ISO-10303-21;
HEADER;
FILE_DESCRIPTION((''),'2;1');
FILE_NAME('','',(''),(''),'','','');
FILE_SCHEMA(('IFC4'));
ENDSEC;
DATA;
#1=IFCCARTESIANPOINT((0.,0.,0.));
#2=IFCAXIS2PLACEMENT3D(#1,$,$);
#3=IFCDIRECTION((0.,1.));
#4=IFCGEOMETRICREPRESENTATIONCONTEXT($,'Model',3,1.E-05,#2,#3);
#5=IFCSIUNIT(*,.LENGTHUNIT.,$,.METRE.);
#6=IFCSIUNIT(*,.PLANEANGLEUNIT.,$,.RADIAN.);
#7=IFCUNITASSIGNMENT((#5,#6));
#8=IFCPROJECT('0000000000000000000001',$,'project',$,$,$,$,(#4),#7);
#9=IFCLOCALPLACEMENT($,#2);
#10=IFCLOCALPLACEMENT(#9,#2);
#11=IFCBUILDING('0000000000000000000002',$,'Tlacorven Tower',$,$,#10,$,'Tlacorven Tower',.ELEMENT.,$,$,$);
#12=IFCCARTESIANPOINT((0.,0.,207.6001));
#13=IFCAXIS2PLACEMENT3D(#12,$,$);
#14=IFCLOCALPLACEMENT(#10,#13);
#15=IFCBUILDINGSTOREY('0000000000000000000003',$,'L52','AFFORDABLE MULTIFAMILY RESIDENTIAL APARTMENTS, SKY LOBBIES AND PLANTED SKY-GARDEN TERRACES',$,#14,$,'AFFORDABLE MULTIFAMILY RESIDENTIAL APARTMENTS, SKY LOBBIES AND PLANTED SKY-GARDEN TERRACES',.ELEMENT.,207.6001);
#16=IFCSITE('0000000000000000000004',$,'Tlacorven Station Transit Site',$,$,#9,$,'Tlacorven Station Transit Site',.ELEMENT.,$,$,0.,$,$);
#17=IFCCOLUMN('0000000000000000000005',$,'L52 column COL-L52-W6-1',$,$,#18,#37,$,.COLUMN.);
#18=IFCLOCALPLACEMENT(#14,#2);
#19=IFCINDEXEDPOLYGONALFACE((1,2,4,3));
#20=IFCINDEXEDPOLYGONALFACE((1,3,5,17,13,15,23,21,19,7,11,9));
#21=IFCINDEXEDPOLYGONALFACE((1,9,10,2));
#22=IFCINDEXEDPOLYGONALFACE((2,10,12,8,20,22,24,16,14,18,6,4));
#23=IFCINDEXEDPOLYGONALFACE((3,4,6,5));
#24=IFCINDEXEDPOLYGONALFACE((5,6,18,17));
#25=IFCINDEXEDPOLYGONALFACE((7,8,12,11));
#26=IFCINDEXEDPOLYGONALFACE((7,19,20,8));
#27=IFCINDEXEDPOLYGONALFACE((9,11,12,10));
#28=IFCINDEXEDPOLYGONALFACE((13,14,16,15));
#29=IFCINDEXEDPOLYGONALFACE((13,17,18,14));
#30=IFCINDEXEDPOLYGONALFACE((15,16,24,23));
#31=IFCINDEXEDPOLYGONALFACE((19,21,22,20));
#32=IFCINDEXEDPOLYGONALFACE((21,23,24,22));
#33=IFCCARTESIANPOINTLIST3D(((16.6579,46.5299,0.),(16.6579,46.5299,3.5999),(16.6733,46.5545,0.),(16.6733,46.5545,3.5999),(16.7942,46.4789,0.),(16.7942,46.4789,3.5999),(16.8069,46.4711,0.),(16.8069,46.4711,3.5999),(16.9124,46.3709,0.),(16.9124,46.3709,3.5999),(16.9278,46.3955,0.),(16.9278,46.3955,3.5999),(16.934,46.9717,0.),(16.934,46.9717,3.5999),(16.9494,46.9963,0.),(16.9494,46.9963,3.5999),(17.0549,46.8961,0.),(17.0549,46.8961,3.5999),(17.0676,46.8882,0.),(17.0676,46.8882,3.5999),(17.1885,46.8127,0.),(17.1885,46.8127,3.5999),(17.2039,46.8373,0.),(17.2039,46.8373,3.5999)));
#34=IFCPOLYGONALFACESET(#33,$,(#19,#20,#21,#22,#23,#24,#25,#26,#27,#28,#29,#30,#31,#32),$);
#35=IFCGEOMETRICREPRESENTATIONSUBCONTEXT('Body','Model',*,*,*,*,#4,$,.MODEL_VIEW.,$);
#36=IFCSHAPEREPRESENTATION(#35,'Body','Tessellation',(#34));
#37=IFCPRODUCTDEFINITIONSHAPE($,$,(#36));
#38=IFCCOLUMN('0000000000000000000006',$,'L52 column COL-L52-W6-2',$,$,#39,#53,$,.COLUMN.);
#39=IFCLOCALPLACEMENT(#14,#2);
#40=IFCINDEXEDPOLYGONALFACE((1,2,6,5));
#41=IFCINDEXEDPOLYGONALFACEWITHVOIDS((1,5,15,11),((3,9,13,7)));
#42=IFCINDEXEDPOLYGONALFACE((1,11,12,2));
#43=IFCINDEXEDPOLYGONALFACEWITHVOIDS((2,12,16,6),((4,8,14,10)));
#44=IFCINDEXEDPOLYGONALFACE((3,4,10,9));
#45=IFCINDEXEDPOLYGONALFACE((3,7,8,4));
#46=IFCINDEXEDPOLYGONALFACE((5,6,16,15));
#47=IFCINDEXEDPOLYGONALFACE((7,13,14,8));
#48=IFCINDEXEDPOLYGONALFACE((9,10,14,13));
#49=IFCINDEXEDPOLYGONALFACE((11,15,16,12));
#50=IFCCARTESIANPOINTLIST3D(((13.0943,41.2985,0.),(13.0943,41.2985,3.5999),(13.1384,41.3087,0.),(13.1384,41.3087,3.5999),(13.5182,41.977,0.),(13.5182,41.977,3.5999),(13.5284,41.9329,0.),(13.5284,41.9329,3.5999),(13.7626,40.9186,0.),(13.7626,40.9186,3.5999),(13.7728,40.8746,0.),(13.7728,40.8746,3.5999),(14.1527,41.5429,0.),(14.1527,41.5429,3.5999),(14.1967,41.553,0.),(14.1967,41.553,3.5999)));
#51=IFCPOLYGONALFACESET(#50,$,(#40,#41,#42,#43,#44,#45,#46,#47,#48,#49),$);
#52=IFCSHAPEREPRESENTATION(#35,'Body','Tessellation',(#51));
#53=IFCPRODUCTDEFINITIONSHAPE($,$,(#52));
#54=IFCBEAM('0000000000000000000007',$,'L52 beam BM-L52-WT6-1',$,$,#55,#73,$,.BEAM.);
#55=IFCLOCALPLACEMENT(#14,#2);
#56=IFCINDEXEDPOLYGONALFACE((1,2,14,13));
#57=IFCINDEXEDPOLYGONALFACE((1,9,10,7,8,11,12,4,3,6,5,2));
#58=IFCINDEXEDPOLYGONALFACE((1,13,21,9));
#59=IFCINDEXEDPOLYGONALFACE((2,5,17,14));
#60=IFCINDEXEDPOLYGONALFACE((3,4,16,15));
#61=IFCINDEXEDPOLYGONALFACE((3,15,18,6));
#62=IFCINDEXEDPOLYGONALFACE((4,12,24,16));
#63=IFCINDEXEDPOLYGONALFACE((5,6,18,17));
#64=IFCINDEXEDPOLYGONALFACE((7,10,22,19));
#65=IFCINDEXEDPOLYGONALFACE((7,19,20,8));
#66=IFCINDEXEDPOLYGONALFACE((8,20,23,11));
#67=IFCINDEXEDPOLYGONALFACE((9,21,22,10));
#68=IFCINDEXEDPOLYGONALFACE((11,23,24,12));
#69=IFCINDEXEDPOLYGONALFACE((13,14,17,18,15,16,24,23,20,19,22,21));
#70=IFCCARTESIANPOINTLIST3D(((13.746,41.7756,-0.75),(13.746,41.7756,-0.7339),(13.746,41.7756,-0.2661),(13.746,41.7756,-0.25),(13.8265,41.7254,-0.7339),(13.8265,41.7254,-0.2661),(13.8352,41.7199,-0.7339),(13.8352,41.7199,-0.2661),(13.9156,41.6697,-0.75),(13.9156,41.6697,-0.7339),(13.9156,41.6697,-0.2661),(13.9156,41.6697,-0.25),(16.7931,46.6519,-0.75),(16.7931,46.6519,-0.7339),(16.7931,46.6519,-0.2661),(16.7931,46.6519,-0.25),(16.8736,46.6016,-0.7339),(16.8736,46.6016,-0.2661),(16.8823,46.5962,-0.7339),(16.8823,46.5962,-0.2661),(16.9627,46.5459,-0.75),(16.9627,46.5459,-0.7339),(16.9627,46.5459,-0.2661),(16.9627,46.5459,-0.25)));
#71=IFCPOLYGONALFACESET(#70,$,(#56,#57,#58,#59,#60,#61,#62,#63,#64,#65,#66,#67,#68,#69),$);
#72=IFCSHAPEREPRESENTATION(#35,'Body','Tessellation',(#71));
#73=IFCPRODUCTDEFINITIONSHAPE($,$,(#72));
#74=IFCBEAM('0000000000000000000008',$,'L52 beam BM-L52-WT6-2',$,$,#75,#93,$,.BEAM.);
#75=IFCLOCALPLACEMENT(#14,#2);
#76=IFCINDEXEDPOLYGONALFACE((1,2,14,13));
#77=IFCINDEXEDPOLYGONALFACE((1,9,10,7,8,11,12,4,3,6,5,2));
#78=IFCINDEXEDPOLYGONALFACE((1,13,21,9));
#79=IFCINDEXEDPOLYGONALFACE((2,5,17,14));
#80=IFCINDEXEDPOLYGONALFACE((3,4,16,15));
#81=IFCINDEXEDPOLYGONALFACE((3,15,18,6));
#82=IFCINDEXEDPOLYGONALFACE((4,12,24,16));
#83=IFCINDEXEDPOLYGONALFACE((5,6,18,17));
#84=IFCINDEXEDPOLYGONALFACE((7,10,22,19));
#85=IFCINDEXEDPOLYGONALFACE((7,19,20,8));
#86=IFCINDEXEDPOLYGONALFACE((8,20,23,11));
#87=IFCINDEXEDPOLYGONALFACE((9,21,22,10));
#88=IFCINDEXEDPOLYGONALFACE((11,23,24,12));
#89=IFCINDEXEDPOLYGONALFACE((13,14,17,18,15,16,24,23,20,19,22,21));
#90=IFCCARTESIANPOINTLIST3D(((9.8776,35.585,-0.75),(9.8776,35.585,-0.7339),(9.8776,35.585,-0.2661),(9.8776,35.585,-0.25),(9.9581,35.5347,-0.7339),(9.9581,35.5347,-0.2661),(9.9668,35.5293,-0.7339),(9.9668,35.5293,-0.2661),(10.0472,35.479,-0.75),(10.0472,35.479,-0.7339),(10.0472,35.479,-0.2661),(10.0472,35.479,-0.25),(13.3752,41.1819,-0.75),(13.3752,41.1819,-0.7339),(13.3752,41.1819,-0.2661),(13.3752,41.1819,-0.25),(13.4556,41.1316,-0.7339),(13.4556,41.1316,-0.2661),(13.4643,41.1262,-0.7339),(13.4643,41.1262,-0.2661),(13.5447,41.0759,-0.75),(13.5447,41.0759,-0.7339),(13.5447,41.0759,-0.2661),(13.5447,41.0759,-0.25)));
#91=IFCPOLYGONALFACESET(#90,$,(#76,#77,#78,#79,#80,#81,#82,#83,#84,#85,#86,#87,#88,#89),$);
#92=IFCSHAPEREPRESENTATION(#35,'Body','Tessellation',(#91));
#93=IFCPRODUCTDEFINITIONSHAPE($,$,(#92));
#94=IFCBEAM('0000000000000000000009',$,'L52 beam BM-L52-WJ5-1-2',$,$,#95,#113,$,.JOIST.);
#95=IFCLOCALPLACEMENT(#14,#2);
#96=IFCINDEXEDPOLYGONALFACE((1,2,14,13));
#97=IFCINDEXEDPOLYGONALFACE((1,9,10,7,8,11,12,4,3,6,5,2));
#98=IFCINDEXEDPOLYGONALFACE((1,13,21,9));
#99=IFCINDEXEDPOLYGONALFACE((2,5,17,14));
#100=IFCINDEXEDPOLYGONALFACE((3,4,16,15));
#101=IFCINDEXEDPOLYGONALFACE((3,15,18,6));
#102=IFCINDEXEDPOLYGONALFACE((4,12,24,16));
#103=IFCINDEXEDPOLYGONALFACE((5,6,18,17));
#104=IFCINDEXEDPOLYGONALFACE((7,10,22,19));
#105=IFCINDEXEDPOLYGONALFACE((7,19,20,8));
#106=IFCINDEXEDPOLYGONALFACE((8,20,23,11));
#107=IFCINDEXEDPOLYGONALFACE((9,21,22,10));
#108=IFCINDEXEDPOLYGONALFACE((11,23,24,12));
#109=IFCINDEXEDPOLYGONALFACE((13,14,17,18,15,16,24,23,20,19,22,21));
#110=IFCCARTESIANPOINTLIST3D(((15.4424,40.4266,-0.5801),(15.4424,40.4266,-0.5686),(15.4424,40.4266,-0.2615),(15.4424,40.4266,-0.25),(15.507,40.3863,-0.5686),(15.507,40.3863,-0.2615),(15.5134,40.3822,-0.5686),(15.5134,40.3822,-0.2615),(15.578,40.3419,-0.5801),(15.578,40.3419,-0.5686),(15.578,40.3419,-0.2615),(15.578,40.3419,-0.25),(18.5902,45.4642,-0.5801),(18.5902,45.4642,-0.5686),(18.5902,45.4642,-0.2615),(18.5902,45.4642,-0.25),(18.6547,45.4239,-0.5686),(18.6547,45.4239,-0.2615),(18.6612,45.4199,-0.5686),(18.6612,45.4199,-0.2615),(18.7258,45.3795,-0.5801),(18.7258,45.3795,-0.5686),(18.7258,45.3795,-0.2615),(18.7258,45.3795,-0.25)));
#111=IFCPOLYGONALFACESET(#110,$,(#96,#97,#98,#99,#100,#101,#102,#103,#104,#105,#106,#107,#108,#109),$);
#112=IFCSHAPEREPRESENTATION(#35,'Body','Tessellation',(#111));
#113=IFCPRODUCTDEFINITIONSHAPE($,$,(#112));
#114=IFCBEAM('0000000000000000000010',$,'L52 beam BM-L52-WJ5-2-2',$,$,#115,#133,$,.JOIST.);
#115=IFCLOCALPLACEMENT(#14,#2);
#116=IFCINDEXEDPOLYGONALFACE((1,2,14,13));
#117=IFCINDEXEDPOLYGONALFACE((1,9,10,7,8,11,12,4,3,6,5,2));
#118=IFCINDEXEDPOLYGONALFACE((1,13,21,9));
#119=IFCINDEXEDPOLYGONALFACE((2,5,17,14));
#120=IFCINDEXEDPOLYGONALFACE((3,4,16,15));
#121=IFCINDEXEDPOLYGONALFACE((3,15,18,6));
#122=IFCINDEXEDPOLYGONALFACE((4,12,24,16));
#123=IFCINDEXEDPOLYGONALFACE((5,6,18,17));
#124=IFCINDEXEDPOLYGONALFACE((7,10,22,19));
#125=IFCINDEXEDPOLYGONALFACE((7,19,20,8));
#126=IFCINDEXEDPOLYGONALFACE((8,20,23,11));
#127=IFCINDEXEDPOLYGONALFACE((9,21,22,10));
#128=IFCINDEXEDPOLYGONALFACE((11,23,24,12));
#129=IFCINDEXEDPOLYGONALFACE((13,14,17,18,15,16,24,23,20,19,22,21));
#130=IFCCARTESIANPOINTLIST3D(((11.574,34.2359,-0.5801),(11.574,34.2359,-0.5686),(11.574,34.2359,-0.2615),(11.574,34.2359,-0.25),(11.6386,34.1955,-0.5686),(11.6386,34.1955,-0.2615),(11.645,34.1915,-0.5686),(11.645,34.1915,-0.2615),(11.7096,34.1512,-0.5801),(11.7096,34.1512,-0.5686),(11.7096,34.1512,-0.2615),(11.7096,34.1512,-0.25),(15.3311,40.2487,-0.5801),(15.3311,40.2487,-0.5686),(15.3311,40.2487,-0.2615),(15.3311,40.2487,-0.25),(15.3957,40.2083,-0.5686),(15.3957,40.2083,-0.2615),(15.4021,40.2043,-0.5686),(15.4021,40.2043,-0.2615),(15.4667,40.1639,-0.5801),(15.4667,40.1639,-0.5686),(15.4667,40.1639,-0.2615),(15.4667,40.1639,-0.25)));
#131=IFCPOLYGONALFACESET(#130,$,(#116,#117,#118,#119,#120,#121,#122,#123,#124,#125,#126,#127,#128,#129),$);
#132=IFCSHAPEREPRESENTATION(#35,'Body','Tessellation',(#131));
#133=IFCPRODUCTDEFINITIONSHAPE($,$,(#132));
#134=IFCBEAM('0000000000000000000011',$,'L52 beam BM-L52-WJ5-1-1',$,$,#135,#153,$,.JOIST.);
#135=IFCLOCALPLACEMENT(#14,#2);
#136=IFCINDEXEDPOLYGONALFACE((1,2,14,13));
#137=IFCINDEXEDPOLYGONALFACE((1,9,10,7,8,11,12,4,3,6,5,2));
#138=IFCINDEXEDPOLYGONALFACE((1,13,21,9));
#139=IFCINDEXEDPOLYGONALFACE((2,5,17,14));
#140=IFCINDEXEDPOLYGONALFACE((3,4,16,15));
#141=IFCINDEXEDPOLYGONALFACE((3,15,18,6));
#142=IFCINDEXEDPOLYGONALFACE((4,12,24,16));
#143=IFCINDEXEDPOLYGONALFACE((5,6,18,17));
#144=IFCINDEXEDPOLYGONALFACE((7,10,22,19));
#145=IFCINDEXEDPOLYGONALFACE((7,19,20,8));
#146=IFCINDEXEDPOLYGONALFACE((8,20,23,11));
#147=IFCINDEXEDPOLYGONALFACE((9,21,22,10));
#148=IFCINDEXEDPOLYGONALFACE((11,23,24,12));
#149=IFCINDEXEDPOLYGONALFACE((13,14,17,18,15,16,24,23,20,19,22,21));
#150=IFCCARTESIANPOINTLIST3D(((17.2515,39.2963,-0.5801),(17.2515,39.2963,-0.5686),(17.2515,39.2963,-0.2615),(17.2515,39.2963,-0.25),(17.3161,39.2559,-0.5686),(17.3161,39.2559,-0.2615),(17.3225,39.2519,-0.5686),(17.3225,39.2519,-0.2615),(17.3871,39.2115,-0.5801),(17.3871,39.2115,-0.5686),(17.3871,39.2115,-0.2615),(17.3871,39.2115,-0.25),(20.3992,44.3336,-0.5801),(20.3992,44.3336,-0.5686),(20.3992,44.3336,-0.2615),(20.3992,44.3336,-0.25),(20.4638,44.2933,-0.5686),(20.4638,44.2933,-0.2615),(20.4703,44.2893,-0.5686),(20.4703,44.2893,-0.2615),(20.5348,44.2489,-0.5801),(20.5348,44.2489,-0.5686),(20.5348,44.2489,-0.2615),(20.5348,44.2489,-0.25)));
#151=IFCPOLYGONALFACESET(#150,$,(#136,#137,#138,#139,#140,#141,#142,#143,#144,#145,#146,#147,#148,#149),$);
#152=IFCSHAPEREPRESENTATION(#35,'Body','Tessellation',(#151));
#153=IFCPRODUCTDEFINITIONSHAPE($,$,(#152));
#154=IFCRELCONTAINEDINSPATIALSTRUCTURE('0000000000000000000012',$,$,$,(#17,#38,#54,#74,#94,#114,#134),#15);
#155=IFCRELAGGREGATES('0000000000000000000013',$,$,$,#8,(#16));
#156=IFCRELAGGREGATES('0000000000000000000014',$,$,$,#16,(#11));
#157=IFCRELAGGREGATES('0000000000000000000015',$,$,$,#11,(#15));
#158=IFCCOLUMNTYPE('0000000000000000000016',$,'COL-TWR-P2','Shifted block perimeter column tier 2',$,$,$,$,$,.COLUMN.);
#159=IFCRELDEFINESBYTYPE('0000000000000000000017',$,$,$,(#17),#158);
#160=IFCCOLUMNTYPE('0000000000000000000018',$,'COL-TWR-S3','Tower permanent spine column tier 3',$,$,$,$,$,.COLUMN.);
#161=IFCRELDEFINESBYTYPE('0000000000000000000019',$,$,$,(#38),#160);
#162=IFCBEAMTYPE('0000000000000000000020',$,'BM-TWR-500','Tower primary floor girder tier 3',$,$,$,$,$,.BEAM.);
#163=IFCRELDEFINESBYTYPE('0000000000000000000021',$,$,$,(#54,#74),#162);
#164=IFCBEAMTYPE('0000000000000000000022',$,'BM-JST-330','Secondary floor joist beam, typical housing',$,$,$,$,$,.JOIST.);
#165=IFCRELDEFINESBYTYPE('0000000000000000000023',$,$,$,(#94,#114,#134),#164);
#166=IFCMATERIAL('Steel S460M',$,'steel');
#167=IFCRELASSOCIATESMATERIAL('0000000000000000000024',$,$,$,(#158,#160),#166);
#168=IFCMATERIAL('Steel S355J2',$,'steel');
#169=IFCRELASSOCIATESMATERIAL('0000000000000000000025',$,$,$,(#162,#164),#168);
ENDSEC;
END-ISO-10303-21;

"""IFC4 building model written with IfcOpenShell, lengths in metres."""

from ifc_helpers import new_model, si_unit, direction, frame, origin, origin_2d, place, context, subcontext, project, spatial, hollow_rectangle, i_section, extrude, source, transform, mapped, material, material_profile, profile_set, type_object, element, save


model = new_model("IFC4")

# Units and contexts
model_context = context("Model", 3, precision=1e-05, world=origin(), true_north=direction((0.0, 1.0)))
body_context = subcontext(model_context, "Body", "Model", "MODEL_VIEW")
ifc_project = project(units=[si_unit("LENGTHUNIT", "METRE"), si_unit("PLANEANGLEUNIT", "RADIAN")], contexts=[model_context])

# Site, building, storey
site_placement = place(None, origin())
site = spatial("IfcSite", under=ifc_project, at=site_placement, Name="Tlacorven Station Transit Site", LongName="Tlacorven Station Transit Site", CompositionType="ELEMENT", RefElevation=0.0)
building_placement = place(site_placement, origin())
building = spatial("IfcBuilding", under=site, at=building_placement, Name="Tlacorven Tower", LongName="Tlacorven Tower", CompositionType="ELEMENT")
storey_placement = place(building_placement, frame((0.0, 0.0, 207.6001)))
storey = spatial("IfcBuildingStorey", under=building, at=storey_placement, Name="L52", Description="AFFORDABLE MULTIFAMILY RESIDENTIAL APARTMENTS, SKY LOBBIES AND PLANTED SKY-GARDEN TERRACES", LongName="AFFORDABLE MULTIFAMILY RESIDENTIAL APARTMENTS, SKY LOBBIES AND PLANTED SKY-GARDEN TERRACES", CompositionType="ELEMENT", Elevation=207.6001)

# Columns
ifc_material_1 = material(Name="Steel S460M", Category="steel")
ifc_material_profile_1 = material_profile(ifc_material_1, i_section(OverallWidth=0.3, OverallDepth=0.55, WebThickness=0.0149, FlangeThickness=0.0291, at=origin_2d()), Name="HEB 550")
ifc_profile_set_1 = profile_set([ifc_material_profile_1], Name="Steel S460M")
column_type_1 = type_object("IfcColumnType", Name="COL-TWR-P2", Description="Shifted block perimeter column tier 2", PredefinedType="COLUMN", material=ifc_profile_set_1)
shared_shape_1 = source(origin(), body_context, "Body", "SweptSolid", [
    extrude(i_section(OverallWidth=0.3, OverallDepth=0.55, WebThickness=0.0149, FlangeThickness=0.0291, at=origin_2d()), origin(), (0.0, 0.0, 1.0), 3.5999),
])
column_1_placement = place(storey_placement, frame((16.9309, 46.6836, 0.0), z_axis=(0.0, 0.0, 1.0), x_axis=(-0.848048, 0.529919, 0.0)))
element("IfcColumn", 1, at=column_1_placement, inside=storey, type_object=column_type_1, Name="L52 column COL-L52-W6-1", PredefinedType="COLUMN", context=body_context, shape_type="MappedRepresentation", body=[
    mapped(shared_shape_1, transform((0.0, 0.0, 0.0), scale=1.0)),
])
ifc_material_profile_2 = material_profile(ifc_material_1, hollow_rectangle(XDim=0.8, YDim=0.8, WallThickness=0.032, at=origin_2d()), Name="BOX 800X800X32")
ifc_profile_set_2 = profile_set([ifc_material_profile_2], Name="Steel S460M")
column_type_2 = type_object("IfcColumnType", Name="COL-TWR-S3", Description="Tower permanent spine column tier 3", PredefinedType="COLUMN", material=ifc_profile_set_2)
shared_shape_2 = source(origin(), body_context, "Body", "SweptSolid", [
    extrude(hollow_rectangle(XDim=0.8, YDim=0.8, WallThickness=0.032, at=origin_2d()), origin(), (0.0, 0.0, 1.0), 3.5999),
])
column_2_placement = place(storey_placement, frame((13.6455, 41.4258, 0.0), z_axis=(0.0, 0.0, 1.0), x_axis=(-0.848048, 0.529919, 0.0)))
element("IfcColumn", 2, at=column_2_placement, inside=storey, type_object=column_type_2, Name="L52 column COL-L52-W6-2", PredefinedType="COLUMN", context=body_context, shape_type="MappedRepresentation", body=[
    mapped(shared_shape_2, transform((0.0, 0.0, 0.0), scale=1.0)),
])

# Beams
ifc_material_2 = material(Name="Steel S355J2", Category="steel")
ifc_material_profile_3 = material_profile(ifc_material_2, i_section(OverallWidth=0.2, OverallDepth=0.5, WebThickness=0.0103, FlangeThickness=0.0161, at=origin_2d()), Name="IPE 500")
ifc_profile_set_3 = profile_set([ifc_material_profile_3], Name="Steel S355J2")
beam_type_1 = type_object("IfcBeamType", Name="BM-TWR-500", Description="Tower primary floor girder tier 3", PredefinedType="BEAM", material=ifc_profile_set_3)
shared_shape_3 = source(origin(), body_context, "Body", "SweptSolid", [
    extrude(i_section(OverallWidth=0.2, OverallDepth=0.5, WebThickness=0.0103, FlangeThickness=0.0161, at=origin_2d()), origin(), (0.0, 0.0, 1.0), 5.75),
])
beam_1_placement = place(storey_placement, frame((16.8779, 46.5989, -0.5), z_axis=(-0.529934, -0.848039, 0.0), x_axis=(0.848039, -0.529934, 0.0)))
element("IfcBeam", 3, at=beam_1_placement, inside=storey, type_object=beam_type_1, Name="L52 beam BM-L52-WT6-1", PredefinedType="BEAM", context=body_context, shape_type="MappedRepresentation", body=[
    mapped(shared_shape_3, transform((0.0, 0.0, 0.0), scale=1.0)),
])
shared_shape_4 = source(origin(), body_context, "Body", "SweptSolid", [
    extrude(i_section(OverallWidth=0.2, OverallDepth=0.5, WebThickness=0.0103, FlangeThickness=0.0161, at=origin_2d()), origin(), (0.0, 0.0, 1.0), 6.5999),
])
beam_2_placement = place(storey_placement, frame((13.46, 41.1289, -0.5), z_axis=(-0.529942, -0.848034, 0.0), x_axis=(0.848034, -0.529942, 0.0)))
element("IfcBeam", 4, at=beam_2_placement, inside=storey, type_object=beam_type_1, Name="L52 beam BM-L52-WT6-2", PredefinedType="BEAM", context=body_context, shape_type="MappedRepresentation", body=[
    mapped(shared_shape_4, transform((0.0, 0.0, 0.0), scale=1.0)),
])
ifc_material_profile_4 = material_profile(ifc_material_2, i_section(OverallWidth=0.1599, OverallDepth=0.3301, WebThickness=0.0076, FlangeThickness=0.0115, at=origin_2d()), Name="IPE 330")
ifc_profile_set_4 = profile_set([ifc_material_profile_4], Name="Steel S355J2")
beam_type_2 = type_object("IfcBeamType", Name="BM-JST-330", Description="Secondary floor joist beam, typical housing", PredefinedType="JOIST", material=ifc_profile_set_4)
shared_shape_5 = source(origin(), body_context, "Body", "SweptSolid", [
    extrude(i_section(OverallWidth=0.1599, OverallDepth=0.3301, WebThickness=0.0076, FlangeThickness=0.0115, at=origin_2d()), origin(), (0.0, 0.0, 1.0), 5.9402),
])
beam_3_placement = place(storey_placement, frame((18.658, 45.4219, -0.415), z_axis=(-0.529903, -0.848058, 0.0), x_axis=(0.848058, -0.529903, 0.0)))
element("IfcBeam", 5, at=beam_3_placement, inside=storey, type_object=beam_type_2, Name="L52 beam BM-L52-WJ5-1-2", PredefinedType="JOIST", context=body_context, shape_type="MappedRepresentation", body=[
    mapped(shared_shape_5, transform((0.0, 0.0, 0.0), scale=1.0)),
])
shared_shape_6 = source(origin(), body_context, "Body", "SweptSolid", [
    extrude(i_section(OverallWidth=0.1599, OverallDepth=0.3301, WebThickness=0.0076, FlangeThickness=0.0115, at=origin_2d()), origin(), (0.0, 0.0, 1.0), 7.0901),
])
beam_4_placement = place(storey_placement, frame((15.3989, 40.2063, -0.415), z_axis=(-0.529912, -0.848052, 0.0), x_axis=(0.848052, -0.529912, 0.0)))
element("IfcBeam", 6, at=beam_4_placement, inside=storey, type_object=beam_type_2, Name="L52 beam BM-L52-WJ5-2-2", PredefinedType="JOIST", context=body_context, shape_type="MappedRepresentation", body=[
    mapped(shared_shape_6, transform((0.0, 0.0, 0.0), scale=1.0)),
])
shared_shape_7 = source(origin(), body_context, "Body", "SweptSolid", [
    extrude(i_section(OverallWidth=0.1599, OverallDepth=0.3301, WebThickness=0.0076, FlangeThickness=0.0115, at=origin_2d()), origin(), (0.0, 0.0, 1.0), 5.9399),
])
beam_5_placement = place(storey_placement, frame((20.467, 44.2913, -0.415), z_axis=(-0.529921, -0.848047, 0.0), x_axis=(0.848047, -0.529921, 0.0)))
element("IfcBeam", 7, at=beam_5_placement, inside=storey, type_object=beam_type_2, Name="L52 beam BM-L52-WJ5-1-1", PredefinedType="JOIST", context=body_context, shape_type="MappedRepresentation", body=[
    mapped(shared_shape_7, transform((0.0, 0.0, 0.0), scale=1.0)),
])

save(model, "model.ifc")
